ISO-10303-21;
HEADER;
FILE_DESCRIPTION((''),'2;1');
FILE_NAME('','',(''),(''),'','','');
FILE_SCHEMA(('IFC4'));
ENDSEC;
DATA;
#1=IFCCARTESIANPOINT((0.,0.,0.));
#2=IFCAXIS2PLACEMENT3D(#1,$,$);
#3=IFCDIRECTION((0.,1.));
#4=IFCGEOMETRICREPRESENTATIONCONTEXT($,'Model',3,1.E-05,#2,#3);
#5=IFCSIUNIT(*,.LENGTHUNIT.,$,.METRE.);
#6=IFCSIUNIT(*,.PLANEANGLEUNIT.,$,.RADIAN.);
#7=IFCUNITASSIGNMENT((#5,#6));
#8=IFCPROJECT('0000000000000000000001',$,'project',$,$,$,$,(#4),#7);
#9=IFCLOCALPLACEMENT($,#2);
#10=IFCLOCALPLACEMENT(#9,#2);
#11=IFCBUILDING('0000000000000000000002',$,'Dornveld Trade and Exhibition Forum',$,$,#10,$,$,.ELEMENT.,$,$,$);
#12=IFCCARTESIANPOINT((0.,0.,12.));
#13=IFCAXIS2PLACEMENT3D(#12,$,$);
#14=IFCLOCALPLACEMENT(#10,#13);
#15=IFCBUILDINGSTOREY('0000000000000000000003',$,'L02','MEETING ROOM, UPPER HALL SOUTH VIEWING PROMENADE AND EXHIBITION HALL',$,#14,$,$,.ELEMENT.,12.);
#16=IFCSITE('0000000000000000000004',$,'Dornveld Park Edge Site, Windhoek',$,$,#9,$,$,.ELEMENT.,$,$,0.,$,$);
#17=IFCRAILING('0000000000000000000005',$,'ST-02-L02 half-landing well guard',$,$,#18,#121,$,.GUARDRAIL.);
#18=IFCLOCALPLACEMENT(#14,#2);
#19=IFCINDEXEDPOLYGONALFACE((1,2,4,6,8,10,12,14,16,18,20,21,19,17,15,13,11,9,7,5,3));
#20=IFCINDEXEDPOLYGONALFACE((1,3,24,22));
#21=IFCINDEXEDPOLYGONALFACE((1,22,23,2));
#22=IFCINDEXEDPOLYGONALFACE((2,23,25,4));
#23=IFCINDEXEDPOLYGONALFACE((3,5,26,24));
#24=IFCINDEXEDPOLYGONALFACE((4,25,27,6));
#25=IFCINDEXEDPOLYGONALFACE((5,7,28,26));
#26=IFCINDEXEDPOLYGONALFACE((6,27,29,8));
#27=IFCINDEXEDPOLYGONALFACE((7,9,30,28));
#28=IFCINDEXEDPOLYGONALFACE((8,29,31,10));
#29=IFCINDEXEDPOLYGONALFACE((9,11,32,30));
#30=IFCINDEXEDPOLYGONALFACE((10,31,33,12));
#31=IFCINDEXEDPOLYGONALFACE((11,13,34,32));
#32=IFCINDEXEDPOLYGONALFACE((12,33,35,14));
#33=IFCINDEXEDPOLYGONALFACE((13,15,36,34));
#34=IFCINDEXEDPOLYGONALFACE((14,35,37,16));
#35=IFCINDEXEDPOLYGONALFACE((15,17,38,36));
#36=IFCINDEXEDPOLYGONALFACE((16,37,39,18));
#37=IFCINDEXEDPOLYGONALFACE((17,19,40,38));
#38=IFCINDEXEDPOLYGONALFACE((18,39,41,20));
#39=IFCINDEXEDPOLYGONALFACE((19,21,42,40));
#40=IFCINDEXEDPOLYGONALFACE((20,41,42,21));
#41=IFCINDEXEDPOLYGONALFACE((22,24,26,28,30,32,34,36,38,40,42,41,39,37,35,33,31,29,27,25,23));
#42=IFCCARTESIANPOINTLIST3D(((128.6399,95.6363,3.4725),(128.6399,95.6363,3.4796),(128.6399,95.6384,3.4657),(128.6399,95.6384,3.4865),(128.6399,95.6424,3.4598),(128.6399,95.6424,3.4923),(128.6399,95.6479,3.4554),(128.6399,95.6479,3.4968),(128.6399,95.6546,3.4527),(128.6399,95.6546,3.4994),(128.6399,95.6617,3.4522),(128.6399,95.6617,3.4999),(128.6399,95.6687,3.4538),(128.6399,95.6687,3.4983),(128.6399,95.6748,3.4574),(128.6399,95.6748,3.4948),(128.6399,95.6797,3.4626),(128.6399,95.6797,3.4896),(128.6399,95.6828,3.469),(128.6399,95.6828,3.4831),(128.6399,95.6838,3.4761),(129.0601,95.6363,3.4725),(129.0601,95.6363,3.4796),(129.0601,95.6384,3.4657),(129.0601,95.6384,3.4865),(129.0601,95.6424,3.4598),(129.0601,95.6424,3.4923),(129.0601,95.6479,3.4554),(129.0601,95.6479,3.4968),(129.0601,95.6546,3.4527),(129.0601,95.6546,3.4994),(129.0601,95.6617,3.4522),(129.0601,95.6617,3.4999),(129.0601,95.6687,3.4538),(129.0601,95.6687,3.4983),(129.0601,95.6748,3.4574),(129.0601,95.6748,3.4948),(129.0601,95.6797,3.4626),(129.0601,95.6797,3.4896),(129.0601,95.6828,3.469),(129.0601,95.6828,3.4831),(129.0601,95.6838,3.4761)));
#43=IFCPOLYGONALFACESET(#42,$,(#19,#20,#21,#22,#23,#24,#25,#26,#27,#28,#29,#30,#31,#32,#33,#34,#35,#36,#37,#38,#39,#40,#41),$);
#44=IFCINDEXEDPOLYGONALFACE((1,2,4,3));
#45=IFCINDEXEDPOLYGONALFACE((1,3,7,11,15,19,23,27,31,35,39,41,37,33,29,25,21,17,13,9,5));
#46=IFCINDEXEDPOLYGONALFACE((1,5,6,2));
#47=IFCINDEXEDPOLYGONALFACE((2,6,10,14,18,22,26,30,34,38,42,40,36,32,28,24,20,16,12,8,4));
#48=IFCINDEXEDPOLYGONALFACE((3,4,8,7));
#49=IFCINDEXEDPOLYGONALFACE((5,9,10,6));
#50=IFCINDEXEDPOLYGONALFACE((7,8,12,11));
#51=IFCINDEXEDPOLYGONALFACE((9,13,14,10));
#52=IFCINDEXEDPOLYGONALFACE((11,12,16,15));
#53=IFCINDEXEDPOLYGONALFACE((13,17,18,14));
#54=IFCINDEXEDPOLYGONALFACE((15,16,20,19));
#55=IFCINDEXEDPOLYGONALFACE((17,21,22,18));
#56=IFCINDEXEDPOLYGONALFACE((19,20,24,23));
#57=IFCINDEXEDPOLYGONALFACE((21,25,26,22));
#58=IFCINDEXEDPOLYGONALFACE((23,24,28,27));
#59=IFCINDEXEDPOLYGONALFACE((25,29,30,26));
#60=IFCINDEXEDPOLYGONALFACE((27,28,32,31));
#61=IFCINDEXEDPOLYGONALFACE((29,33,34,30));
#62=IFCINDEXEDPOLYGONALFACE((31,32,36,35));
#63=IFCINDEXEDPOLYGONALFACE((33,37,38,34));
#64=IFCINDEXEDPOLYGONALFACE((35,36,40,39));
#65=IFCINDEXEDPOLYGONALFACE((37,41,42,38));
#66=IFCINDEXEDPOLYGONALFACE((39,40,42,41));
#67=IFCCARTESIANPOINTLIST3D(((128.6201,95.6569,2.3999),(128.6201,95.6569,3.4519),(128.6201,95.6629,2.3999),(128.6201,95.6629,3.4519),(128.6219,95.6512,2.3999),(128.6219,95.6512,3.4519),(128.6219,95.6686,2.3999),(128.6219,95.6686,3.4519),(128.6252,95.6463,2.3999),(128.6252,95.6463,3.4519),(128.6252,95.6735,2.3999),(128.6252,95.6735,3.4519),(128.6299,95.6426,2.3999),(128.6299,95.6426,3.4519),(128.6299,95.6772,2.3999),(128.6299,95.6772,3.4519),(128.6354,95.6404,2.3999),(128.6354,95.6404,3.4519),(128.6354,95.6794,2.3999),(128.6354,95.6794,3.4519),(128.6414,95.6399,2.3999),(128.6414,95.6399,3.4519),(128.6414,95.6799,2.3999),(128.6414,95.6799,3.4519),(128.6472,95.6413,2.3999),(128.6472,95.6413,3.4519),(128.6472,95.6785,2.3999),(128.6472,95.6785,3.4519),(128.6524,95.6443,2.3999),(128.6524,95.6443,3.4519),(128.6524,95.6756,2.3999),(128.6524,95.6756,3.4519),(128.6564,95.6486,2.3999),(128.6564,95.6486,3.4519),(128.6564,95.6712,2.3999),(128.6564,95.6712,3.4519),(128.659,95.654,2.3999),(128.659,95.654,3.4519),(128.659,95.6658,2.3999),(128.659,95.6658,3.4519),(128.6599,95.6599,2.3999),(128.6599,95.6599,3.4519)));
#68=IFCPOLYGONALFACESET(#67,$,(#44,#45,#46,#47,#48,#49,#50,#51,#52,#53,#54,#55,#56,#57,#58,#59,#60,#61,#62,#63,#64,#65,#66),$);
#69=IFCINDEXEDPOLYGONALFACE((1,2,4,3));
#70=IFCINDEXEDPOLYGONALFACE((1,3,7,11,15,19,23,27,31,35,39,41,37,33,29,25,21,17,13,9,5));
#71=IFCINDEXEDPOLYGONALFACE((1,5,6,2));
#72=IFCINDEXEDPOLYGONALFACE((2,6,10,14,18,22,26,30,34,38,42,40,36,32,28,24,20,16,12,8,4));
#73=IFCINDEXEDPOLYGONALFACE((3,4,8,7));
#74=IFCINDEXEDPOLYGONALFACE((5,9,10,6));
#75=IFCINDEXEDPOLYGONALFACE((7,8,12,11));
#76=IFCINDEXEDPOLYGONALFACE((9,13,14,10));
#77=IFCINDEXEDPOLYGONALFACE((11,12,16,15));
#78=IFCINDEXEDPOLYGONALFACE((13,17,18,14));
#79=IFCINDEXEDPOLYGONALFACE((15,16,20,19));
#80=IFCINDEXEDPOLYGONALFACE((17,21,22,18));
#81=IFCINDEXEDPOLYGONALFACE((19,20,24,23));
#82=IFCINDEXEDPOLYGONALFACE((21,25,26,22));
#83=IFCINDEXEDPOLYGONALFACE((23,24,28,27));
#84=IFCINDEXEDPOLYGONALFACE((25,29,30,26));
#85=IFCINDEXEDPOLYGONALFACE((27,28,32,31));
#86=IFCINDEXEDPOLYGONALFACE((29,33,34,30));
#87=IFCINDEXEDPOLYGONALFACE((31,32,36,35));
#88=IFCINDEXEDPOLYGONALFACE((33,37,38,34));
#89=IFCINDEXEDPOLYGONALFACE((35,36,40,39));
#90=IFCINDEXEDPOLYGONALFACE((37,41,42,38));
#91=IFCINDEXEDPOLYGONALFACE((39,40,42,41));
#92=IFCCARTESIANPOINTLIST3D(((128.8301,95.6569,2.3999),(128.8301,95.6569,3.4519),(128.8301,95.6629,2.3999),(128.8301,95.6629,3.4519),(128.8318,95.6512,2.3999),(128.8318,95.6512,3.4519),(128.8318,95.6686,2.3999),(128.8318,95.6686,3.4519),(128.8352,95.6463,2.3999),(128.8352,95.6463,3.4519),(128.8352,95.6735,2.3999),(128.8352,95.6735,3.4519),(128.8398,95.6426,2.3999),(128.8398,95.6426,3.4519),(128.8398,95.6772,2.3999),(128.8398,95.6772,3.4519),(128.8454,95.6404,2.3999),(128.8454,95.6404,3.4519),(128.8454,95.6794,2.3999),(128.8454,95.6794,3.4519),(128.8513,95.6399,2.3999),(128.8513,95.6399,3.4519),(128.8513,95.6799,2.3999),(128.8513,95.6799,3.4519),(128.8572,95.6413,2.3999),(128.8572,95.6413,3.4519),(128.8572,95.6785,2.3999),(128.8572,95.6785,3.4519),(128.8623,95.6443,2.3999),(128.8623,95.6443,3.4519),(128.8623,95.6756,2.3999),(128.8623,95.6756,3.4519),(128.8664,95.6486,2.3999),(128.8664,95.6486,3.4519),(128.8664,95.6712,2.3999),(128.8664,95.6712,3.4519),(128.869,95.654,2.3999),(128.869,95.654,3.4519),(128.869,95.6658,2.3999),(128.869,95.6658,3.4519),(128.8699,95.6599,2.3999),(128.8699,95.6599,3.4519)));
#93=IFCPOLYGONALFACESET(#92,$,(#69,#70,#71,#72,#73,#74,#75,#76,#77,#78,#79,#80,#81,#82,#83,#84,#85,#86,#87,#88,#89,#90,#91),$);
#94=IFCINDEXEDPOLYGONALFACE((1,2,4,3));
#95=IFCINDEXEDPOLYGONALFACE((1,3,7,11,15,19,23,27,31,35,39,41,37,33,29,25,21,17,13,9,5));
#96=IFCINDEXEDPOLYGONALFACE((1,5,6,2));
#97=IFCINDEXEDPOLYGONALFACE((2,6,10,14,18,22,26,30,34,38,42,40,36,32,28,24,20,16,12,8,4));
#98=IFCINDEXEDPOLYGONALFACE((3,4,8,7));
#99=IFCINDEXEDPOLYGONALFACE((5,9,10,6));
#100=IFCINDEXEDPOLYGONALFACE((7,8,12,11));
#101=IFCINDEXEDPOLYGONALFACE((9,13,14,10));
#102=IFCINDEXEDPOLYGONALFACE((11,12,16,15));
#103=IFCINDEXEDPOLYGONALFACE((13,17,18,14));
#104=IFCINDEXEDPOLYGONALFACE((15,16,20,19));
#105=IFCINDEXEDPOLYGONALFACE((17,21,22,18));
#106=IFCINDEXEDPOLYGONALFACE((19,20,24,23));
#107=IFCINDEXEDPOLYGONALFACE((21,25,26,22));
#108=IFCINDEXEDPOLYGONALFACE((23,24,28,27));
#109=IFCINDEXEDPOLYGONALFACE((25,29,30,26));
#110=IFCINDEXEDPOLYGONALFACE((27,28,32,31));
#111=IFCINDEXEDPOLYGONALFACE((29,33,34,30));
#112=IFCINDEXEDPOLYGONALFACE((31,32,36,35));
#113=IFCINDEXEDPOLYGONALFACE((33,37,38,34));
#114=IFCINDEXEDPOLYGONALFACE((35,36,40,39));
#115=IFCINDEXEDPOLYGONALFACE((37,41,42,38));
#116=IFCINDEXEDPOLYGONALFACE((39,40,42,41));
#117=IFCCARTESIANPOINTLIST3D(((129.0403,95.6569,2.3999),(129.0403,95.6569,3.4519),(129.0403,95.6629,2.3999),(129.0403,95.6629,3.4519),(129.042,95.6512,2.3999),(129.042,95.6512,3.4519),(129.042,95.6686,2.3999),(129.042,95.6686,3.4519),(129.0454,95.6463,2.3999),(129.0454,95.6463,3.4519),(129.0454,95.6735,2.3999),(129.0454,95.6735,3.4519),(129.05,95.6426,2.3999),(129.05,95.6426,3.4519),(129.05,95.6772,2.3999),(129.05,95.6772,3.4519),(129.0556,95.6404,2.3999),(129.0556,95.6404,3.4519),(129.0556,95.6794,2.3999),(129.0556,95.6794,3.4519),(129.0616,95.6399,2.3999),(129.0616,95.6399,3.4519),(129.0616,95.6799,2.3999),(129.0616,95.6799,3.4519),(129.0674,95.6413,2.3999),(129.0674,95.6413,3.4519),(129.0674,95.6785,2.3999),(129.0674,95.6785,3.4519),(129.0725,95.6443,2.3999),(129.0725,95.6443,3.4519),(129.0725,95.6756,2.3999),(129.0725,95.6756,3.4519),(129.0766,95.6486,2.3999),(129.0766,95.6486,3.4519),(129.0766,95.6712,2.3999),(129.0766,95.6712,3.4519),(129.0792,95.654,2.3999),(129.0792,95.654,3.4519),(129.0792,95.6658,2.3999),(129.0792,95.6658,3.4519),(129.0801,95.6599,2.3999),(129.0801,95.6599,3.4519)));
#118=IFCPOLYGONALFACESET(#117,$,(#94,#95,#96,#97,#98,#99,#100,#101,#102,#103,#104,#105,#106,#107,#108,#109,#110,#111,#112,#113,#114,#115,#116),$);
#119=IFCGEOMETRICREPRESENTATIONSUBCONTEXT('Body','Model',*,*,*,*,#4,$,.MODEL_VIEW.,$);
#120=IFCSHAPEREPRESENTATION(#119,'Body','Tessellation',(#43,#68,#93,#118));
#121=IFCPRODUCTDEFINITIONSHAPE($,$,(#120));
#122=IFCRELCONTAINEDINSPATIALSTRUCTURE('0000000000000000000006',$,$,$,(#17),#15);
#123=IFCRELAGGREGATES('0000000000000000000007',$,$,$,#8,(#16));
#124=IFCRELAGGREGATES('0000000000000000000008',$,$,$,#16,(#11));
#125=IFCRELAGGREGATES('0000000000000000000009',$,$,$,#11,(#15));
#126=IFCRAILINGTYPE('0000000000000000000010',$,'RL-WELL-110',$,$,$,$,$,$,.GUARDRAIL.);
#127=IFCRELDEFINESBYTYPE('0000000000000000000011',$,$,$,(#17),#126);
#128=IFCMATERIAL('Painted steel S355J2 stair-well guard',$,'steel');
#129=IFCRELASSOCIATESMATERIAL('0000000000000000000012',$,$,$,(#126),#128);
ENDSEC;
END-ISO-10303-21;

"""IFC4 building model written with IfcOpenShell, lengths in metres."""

from ifc_helpers import new_model, si_unit, direction, frame, origin, origin_2d, place, context, subcontext, project, spatial, circle, extrude, material, type_object, element, save


model = new_model("IFC4")

# Units and contexts
model_context = context("Model", 3, precision=1e-05, world=origin(), true_north=direction((0.0, 1.0)))
body_context = subcontext(model_context, "Body", "Model", "MODEL_VIEW")
ifc_project = project(units=[si_unit("LENGTHUNIT", "METRE"), si_unit("PLANEANGLEUNIT", "RADIAN")], contexts=[model_context])

# Site, building, storey
site_placement = place(None, origin())
site = spatial("IfcSite", under=ifc_project, at=site_placement, Name="Dornveld Park Edge Site, Windhoek", CompositionType="ELEMENT", RefElevation=0.0)
building_placement = place(site_placement, origin())
building = spatial("IfcBuilding", under=site, at=building_placement, Name="Dornveld Trade and Exhibition Forum", CompositionType="ELEMENT")
storey_placement = place(building_placement, frame((0.0, 0.0, 12.0)))
storey = spatial("IfcBuildingStorey", under=building, at=storey_placement, Name="L02", Description="MEETING ROOM, UPPER HALL SOUTH VIEWING PROMENADE AND EXHIBITION HALL", CompositionType="ELEMENT", Elevation=12.0)

# Railing
ifc_material_1 = material(Name="Painted steel S355J2 stair-well guard", Category="steel")
railing_type_1 = type_object("IfcRailingType", Name="RL-WELL-110", PredefinedType="GUARDRAIL", material=ifc_material_1)
railing_1_placement = place(storey_placement, frame((128.6399, 95.6599, 2.3999)))
element("IfcRailing", 1, at=railing_1_placement, inside=storey, type_object=railing_type_1, Name="ST-02-L02 half-landing well guard", PredefinedType="GUARDRAIL", context=body_context, shape_type="SweptSolid", body=[
    extrude(circle(Radius=0.0239, at=origin_2d()), frame((0.0, 0.0, 1.0762), z_axis=(1.0, 0.0, 0.0), x_axis=(0.0, 1.0, 0.0)), (0.0, 0.0, 1.0), 0.4202),
    extrude(circle(Radius=0.02, at=origin_2d()), origin(), (0.0, 0.0, 1.0), 1.052),
    extrude(circle(Radius=0.02, at=origin_2d()), frame((0.21, 0.0, 0.0)), (0.0, 0.0, 1.0), 1.052),
    extrude(circle(Radius=0.02, at=origin_2d()), frame((0.4202, 0.0, 0.0)), (0.0, 0.0, 1.0), 1.052),
])

save(model, "model.ifc")
